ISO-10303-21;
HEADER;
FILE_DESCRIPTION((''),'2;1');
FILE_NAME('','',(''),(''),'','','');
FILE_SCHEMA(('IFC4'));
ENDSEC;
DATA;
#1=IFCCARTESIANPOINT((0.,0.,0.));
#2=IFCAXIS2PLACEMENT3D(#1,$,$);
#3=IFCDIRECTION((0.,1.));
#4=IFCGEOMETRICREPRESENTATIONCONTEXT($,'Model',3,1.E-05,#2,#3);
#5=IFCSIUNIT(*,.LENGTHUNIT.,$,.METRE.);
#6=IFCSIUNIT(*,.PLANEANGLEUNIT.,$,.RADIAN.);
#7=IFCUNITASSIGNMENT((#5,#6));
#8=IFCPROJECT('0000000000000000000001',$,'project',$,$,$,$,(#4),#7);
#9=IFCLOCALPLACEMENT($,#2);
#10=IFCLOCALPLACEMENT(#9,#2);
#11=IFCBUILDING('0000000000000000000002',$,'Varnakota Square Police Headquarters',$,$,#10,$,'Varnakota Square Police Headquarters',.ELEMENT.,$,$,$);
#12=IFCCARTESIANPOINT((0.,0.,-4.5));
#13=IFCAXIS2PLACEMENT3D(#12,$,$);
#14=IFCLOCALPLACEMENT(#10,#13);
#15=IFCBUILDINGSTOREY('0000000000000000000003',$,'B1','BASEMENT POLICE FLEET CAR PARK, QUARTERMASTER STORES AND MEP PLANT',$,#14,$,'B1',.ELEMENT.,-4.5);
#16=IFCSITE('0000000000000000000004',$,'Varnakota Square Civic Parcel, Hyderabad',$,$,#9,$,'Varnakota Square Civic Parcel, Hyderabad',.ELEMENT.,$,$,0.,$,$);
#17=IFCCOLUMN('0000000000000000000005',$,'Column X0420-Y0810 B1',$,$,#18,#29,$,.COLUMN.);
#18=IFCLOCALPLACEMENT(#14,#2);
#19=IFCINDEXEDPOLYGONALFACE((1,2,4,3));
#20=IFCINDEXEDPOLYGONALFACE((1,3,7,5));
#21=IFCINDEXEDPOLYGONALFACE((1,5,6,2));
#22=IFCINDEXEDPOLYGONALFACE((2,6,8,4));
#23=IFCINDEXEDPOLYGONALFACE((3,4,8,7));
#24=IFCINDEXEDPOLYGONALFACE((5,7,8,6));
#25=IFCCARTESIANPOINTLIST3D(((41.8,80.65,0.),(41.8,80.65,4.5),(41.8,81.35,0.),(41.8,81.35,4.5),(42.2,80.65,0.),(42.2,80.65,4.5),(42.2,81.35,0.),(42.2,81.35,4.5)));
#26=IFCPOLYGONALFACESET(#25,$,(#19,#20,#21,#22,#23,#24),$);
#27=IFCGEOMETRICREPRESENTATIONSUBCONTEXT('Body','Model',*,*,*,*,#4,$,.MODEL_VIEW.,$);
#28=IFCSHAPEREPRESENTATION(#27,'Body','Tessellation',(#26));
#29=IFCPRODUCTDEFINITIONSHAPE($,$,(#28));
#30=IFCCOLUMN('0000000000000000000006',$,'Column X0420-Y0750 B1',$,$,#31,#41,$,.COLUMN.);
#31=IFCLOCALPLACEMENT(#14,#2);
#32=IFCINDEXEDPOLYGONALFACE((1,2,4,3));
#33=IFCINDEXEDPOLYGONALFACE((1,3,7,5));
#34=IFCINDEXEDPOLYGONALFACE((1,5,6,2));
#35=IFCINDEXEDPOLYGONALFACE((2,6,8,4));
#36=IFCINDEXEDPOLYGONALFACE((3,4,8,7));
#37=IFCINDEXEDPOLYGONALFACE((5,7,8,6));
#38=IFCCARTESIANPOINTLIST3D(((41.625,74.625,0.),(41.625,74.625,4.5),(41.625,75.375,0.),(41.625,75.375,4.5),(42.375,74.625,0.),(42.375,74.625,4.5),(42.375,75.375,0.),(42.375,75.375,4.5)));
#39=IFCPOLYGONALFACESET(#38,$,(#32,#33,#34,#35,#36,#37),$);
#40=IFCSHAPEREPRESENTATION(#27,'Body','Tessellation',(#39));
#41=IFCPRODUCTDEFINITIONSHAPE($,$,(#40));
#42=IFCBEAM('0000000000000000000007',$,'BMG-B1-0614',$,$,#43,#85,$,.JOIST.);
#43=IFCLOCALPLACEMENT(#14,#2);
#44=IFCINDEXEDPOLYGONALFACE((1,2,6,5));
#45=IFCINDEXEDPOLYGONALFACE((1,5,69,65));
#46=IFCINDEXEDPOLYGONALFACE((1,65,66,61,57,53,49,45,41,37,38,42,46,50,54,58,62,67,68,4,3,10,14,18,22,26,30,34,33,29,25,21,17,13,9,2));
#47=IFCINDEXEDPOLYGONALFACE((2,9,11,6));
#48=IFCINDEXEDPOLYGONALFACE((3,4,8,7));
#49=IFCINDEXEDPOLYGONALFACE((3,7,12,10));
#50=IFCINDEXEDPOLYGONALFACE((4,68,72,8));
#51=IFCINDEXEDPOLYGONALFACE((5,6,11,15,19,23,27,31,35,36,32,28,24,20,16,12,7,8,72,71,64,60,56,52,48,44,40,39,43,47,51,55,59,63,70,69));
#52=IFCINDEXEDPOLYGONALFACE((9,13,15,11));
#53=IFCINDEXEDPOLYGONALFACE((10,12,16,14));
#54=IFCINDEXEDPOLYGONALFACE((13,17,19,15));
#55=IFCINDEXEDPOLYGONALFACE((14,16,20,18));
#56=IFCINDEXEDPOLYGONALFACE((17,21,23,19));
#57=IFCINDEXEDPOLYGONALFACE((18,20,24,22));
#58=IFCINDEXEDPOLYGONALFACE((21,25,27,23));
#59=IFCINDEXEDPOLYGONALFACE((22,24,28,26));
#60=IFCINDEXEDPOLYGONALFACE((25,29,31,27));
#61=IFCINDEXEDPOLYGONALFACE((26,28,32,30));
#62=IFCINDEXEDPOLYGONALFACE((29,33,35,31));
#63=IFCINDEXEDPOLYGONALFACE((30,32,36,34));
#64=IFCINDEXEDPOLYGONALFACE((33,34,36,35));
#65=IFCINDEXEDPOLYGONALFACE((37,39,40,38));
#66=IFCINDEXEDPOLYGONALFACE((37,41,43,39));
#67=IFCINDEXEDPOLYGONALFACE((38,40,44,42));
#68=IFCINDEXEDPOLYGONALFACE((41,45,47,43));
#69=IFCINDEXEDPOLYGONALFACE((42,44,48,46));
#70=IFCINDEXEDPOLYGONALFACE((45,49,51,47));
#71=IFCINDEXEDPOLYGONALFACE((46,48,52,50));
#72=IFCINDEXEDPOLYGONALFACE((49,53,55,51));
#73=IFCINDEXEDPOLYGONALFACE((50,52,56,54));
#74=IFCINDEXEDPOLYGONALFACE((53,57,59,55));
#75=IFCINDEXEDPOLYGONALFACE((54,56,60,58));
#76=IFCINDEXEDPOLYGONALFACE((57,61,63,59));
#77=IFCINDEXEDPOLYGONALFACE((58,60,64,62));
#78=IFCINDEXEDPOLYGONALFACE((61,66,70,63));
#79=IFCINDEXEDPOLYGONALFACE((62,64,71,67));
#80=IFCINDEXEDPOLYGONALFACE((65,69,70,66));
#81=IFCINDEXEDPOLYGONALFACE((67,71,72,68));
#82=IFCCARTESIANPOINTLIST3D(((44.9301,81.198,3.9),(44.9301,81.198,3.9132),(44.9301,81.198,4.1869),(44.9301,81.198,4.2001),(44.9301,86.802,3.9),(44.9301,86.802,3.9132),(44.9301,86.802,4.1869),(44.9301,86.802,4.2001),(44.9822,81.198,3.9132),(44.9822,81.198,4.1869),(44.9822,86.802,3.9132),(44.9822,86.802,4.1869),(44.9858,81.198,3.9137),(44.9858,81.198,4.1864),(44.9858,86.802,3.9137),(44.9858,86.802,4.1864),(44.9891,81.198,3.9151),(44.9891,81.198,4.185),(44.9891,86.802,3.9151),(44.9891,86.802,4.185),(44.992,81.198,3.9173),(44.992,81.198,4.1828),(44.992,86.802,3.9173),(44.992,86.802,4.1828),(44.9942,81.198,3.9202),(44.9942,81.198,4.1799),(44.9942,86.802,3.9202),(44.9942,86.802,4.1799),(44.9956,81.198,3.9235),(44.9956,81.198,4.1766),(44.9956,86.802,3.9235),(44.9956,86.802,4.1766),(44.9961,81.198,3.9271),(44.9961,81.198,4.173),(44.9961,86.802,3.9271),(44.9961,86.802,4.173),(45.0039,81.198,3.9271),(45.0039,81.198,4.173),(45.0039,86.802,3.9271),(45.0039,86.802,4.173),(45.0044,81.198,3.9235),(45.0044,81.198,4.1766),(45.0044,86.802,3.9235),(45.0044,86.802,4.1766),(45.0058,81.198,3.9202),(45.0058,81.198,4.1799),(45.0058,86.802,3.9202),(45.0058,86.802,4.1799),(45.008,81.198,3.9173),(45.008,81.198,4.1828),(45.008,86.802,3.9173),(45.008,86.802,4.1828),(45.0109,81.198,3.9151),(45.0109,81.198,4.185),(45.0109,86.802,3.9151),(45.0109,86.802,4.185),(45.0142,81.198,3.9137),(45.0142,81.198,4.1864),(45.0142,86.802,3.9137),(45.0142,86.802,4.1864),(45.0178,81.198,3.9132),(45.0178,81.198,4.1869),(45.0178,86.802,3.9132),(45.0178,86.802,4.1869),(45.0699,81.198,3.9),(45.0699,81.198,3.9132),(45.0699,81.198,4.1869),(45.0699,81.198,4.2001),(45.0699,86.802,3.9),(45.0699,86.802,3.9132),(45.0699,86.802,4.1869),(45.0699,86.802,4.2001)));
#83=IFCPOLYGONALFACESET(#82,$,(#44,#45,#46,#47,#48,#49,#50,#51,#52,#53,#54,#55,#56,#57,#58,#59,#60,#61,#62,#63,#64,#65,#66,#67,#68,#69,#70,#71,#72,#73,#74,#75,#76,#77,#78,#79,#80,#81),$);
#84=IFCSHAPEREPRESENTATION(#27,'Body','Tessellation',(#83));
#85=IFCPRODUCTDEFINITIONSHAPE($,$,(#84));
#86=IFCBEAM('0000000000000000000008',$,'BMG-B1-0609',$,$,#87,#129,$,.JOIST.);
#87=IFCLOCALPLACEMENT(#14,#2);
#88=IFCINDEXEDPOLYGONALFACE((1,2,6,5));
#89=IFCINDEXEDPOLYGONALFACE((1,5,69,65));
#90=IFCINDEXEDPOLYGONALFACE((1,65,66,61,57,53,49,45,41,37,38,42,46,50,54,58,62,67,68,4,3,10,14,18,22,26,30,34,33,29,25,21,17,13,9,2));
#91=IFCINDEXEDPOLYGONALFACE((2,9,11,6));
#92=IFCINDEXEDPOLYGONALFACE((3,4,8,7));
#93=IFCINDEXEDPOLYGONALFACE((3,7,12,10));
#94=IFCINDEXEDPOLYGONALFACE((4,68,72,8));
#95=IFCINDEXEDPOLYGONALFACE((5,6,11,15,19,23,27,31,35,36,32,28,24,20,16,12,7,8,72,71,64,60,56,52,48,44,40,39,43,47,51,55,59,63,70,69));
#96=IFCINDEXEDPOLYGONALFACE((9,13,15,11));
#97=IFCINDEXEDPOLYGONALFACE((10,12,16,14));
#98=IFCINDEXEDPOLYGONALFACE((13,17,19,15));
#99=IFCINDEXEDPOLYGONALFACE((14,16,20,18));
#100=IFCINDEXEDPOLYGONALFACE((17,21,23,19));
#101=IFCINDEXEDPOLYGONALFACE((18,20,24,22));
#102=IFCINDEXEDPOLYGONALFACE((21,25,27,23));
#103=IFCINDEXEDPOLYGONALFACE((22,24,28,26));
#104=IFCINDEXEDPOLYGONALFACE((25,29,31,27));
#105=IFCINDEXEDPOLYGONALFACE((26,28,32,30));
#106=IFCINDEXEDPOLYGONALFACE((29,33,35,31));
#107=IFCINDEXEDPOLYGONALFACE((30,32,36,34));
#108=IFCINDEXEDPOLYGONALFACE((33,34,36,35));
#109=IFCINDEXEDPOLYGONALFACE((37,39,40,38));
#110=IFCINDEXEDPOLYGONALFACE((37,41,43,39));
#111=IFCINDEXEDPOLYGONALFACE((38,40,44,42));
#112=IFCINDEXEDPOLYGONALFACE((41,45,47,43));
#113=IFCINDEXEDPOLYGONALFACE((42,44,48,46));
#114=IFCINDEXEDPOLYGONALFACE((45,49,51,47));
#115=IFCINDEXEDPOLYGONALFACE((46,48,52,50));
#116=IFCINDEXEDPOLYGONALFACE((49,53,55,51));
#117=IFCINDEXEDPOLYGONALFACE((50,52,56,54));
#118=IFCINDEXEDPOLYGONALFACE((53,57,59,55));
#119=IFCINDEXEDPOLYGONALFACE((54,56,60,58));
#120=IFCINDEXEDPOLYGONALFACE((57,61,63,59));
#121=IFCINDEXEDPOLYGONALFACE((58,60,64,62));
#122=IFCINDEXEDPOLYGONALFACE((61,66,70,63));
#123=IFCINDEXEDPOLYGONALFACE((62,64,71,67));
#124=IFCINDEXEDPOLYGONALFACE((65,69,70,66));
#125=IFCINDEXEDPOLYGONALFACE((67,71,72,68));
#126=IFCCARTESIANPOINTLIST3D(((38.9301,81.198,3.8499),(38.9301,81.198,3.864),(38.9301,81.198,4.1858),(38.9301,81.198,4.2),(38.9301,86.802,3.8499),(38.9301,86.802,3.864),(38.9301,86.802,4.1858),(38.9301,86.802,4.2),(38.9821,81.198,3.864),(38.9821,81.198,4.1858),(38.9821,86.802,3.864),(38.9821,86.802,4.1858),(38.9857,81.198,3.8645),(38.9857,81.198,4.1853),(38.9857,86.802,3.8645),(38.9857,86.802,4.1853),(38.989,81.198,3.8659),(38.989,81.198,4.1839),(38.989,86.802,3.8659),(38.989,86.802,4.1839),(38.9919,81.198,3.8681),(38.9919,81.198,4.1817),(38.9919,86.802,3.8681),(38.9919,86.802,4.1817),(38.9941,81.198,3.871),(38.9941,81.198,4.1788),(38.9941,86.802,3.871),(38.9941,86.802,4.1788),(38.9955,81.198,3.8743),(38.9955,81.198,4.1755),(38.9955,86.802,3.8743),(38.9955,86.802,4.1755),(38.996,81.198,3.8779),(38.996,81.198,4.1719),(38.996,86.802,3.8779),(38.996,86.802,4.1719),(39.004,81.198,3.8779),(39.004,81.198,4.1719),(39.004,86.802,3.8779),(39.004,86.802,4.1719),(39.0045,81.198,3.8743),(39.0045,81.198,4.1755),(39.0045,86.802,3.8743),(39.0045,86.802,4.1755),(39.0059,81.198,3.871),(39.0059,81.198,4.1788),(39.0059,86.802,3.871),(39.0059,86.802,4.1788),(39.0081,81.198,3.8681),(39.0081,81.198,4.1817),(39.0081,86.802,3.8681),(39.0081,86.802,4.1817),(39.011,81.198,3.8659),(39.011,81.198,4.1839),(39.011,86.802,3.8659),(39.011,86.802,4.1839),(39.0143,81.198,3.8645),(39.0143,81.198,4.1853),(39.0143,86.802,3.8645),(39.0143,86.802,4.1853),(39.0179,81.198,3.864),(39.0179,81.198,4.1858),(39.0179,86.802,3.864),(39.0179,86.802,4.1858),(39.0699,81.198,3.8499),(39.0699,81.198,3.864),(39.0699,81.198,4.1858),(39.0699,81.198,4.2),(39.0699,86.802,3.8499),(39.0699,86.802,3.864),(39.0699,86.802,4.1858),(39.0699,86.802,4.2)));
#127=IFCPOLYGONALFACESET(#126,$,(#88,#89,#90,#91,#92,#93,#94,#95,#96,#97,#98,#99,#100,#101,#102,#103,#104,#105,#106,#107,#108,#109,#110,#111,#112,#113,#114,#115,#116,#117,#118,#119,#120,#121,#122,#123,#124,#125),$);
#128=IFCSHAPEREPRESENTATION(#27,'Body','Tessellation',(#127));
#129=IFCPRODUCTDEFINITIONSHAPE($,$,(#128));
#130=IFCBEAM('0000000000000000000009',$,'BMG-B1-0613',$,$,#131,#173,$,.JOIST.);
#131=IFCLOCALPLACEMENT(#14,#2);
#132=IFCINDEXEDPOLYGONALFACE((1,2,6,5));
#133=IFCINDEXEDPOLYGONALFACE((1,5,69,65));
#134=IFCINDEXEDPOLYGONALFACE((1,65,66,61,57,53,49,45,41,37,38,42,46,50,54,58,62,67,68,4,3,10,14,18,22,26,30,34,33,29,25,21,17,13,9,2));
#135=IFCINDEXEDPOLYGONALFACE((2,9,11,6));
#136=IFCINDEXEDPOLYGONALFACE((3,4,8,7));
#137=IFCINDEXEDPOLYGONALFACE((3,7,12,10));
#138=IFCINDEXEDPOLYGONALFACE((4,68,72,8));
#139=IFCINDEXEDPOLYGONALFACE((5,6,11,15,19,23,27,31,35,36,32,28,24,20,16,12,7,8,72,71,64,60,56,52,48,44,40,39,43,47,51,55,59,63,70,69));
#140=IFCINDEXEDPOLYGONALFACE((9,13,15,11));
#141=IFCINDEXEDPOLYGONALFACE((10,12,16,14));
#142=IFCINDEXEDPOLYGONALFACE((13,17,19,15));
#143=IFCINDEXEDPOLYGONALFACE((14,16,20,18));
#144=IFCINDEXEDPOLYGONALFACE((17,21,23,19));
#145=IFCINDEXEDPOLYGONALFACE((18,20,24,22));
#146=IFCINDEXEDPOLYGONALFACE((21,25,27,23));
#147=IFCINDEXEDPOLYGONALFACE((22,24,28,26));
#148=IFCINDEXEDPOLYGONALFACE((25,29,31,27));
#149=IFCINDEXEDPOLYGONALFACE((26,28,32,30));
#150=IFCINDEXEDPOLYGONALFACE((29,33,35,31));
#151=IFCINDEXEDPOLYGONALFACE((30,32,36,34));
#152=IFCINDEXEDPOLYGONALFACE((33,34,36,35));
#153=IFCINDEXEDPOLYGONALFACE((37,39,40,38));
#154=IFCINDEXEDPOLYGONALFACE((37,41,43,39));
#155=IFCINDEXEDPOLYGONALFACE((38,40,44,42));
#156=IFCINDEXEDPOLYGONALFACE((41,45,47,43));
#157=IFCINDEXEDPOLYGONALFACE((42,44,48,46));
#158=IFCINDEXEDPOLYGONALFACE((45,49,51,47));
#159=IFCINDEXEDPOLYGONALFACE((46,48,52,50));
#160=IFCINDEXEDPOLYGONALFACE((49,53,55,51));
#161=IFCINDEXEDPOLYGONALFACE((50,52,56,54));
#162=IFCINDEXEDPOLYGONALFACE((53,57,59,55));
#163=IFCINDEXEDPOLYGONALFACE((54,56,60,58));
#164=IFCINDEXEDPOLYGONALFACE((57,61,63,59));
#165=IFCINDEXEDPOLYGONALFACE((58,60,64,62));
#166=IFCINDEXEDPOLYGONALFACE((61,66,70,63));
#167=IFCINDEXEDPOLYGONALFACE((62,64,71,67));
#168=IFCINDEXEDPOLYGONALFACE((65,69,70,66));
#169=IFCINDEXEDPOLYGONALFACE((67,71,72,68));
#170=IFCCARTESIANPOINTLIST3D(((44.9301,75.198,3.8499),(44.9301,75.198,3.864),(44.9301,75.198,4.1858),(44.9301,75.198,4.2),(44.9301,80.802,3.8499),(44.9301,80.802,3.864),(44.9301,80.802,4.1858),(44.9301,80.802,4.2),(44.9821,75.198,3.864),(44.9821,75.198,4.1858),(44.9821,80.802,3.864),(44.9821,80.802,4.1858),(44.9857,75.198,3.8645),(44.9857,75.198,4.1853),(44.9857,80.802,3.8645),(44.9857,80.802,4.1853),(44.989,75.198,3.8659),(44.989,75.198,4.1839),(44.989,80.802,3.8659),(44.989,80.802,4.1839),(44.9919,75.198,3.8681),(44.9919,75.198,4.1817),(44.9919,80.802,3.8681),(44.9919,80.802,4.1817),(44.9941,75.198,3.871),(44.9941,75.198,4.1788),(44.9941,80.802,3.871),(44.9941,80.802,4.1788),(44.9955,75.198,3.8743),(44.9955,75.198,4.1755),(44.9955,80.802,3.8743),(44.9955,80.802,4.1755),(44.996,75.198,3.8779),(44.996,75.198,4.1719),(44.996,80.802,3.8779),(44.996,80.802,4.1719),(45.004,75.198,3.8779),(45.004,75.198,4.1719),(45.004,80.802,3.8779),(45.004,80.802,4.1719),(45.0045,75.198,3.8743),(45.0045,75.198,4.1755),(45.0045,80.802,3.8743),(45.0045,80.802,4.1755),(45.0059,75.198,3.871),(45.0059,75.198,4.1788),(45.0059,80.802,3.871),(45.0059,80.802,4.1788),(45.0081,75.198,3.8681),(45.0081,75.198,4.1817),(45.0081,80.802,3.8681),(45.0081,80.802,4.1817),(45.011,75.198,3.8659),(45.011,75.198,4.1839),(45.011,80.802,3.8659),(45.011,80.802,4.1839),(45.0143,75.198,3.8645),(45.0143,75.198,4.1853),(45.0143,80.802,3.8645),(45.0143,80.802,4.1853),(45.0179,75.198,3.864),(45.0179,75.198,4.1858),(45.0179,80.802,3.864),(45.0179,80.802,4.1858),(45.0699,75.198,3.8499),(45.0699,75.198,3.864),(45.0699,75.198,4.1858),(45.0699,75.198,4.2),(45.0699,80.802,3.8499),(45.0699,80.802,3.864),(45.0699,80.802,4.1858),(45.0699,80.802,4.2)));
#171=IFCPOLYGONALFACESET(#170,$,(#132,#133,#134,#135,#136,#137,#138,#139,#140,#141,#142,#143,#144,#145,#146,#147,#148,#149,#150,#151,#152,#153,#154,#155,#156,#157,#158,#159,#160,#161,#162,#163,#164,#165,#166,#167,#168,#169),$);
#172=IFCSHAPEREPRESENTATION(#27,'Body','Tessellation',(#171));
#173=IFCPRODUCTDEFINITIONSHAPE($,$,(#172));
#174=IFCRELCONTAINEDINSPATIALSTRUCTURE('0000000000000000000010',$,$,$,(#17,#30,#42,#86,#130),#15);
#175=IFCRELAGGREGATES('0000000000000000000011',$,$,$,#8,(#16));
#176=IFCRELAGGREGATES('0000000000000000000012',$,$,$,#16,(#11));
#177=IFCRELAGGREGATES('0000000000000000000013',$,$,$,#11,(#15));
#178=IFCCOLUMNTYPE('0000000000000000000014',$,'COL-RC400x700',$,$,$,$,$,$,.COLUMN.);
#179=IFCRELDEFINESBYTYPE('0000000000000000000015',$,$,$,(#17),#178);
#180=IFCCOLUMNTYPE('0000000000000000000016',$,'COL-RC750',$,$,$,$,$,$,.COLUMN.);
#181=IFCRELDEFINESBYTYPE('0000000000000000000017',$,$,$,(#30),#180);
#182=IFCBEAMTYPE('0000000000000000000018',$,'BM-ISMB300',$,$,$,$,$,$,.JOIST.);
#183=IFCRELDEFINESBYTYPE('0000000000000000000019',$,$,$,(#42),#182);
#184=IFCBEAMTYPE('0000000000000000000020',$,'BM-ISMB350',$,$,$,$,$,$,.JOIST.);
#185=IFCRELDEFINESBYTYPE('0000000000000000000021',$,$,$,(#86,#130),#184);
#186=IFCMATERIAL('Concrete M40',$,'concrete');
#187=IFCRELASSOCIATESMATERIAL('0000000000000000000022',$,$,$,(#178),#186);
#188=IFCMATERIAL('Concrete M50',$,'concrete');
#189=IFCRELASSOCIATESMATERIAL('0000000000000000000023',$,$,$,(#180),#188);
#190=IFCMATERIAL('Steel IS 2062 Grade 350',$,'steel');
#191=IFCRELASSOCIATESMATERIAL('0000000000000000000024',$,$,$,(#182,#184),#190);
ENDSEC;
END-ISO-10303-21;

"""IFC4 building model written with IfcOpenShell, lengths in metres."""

from ifc_helpers import new_model, si_unit, direction, frame, origin, origin_2d, place, context, subcontext, project, spatial, rectangle, i_section, extrude, material, material_profile, profile_set, type_object, element, save


model = new_model("IFC4")

# Units and contexts
model_context = context("Model", 3, precision=1e-05, world=origin(), true_north=direction((0.0, 1.0)))
body_context = subcontext(model_context, "Body", "Model", "MODEL_VIEW")
ifc_project = project(units=[si_unit("LENGTHUNIT", "METRE"), si_unit("PLANEANGLEUNIT", "RADIAN")], contexts=[model_context])

# Site, building, storey
site_placement = place(None, origin())
site = spatial("IfcSite", under=ifc_project, at=site_placement, Name="Varnakota Square Civic Parcel, Hyderabad", LongName="Varnakota Square Civic Parcel, Hyderabad", CompositionType="ELEMENT", RefElevation=0.0)
building_placement = place(site_placement, origin())
building = spatial("IfcBuilding", under=site, at=building_placement, Name="Varnakota Square Police Headquarters", LongName="Varnakota Square Police Headquarters", CompositionType="ELEMENT")
storey_placement = place(building_placement, frame((0.0, 0.0, -4.5)))
storey = spatial("IfcBuildingStorey", under=building, at=storey_placement, Name="B1", Description="BASEMENT POLICE FLEET CAR PARK, QUARTERMASTER STORES AND MEP PLANT", LongName="B1", CompositionType="ELEMENT", Elevation=-4.5)

# Shared definitions
ifc_material_1 = material(Name="Concrete M40", Category="concrete")

# Columns
ifc_material_profile_1 = material_profile(ifc_material_1, rectangle(XDim=0.3999, YDim=0.7, at=origin_2d()), Name="RC 400x700")
ifc_profile_set_1 = profile_set([ifc_material_profile_1], Name="Concrete M40")
column_type_1 = type_object("IfcColumnType", Name="COL-RC400x700", PredefinedType="COLUMN", material=ifc_profile_set_1)
column_1_placement = place(storey_placement, frame((42.0, 81.0, 0.0), z_axis=(0.0, 0.0, 1.0), x_axis=(1.0, 0.0, 0.0)))
element("IfcColumn", 1, at=column_1_placement, inside=storey, type_object=column_type_1, Name="Column X0420-Y0810 B1", PredefinedType="COLUMN", context=body_context, shape_type="SweptSolid", body=[
    extrude(rectangle(XDim=0.3999, YDim=0.7, at=origin_2d()), origin(), (0.0, 0.0, 1.0), 4.5),
])
ifc_material_2 = material(Name="Concrete M50", Category="concrete")
ifc_material_profile_2 = material_profile(ifc_material_2, rectangle(XDim=0.75, YDim=0.75, at=origin_2d()), Name="RC 750x750")
ifc_profile_set_2 = profile_set([ifc_material_profile_2], Name="Concrete M50")
column_type_2 = type_object("IfcColumnType", Name="COL-RC750", PredefinedType="COLUMN", material=ifc_profile_set_2)
column_2_placement = place(storey_placement, frame((42.0, 75.0, 0.0), z_axis=(0.0, 0.0, 1.0), x_axis=(1.0, 0.0, 0.0)))
element("IfcColumn", 2, at=column_2_placement, inside=storey, type_object=column_type_2, Name="Column X0420-Y0750 B1", PredefinedType="COLUMN", context=body_context, shape_type="SweptSolid", body=[
    extrude(rectangle(XDim=0.75, YDim=0.75, at=origin_2d()), origin(), (0.0, 0.0, 1.0), 4.5),
])

# Beams
ifc_material_3 = material(Name="Steel IS 2062 Grade 350", Category="steel")
ifc_material_profile_3 = material_profile(ifc_material_3, i_section(OverallWidth=0.1399, OverallDepth=0.3, WebThickness=0.0078, FlangeThickness=0.0132, FilletRadius=0.0139, at=origin_2d()), Name="ISMB 300")
ifc_profile_set_3 = profile_set([ifc_material_profile_3], Name="Steel IS 2062 Grade 350")
beam_type_1 = type_object("IfcBeamType", Name="BM-ISMB300", PredefinedType="JOIST", material=ifc_profile_set_3)
beam_1_placement = place(storey_placement, frame((45.0, 81.198, 4.05), z_axis=(0.0, 1.0, 0.0), x_axis=(-1.0, 0.0, 0.0)))
element("IfcBeam", 3, at=beam_1_placement, inside=storey, type_object=beam_type_1, Name="BMG-B1-0614", PredefinedType="JOIST", context=body_context, shape_type="SweptSolid", body=[
    extrude(i_section(OverallWidth=0.1399, OverallDepth=0.3, WebThickness=0.0078, FlangeThickness=0.0132, FilletRadius=0.0139, at=origin_2d()), origin(), (0.0, 0.0, 1.0), 5.604),
])
ifc_material_profile_4 = material_profile(ifc_material_3, i_section(OverallWidth=0.1399, OverallDepth=0.3501, WebThickness=0.0081, FlangeThickness=0.0142, FilletRadius=0.0139, at=origin_2d()), Name="ISMB 350")
ifc_profile_set_4 = profile_set([ifc_material_profile_4], Name="Steel IS 2062 Grade 350")
beam_type_2 = type_object("IfcBeamType", Name="BM-ISMB350", PredefinedType="JOIST", material=ifc_profile_set_4)
for number, where, z_axis, x_axis, name in (
    (4, (39.0, 81.198, 4.0249), (0.0, 1.0, 0.0), (-1.0, 0.0, 0.0), "BMG-B1-0609"),
    (5, (45.0, 75.198, 4.0249), (0.0, 1.0, 0.0), (-1.0, 0.0, 0.0), "BMG-B1-0613"),
):
    element("IfcBeam", number, at=place(storey_placement, frame(where, z_axis=z_axis, x_axis=x_axis)), inside=storey, type_object=beam_type_2, Name=name, PredefinedType="JOIST", context=body_context, shape_type="SweptSolid", body=[
        extrude(i_section(OverallWidth=0.1399, OverallDepth=0.3501, WebThickness=0.0081, FlangeThickness=0.0142, FilletRadius=0.0139, at=origin_2d()), origin(), (0.0, 0.0, 1.0), 5.604),
    ])

save(model, "model.ifc")
